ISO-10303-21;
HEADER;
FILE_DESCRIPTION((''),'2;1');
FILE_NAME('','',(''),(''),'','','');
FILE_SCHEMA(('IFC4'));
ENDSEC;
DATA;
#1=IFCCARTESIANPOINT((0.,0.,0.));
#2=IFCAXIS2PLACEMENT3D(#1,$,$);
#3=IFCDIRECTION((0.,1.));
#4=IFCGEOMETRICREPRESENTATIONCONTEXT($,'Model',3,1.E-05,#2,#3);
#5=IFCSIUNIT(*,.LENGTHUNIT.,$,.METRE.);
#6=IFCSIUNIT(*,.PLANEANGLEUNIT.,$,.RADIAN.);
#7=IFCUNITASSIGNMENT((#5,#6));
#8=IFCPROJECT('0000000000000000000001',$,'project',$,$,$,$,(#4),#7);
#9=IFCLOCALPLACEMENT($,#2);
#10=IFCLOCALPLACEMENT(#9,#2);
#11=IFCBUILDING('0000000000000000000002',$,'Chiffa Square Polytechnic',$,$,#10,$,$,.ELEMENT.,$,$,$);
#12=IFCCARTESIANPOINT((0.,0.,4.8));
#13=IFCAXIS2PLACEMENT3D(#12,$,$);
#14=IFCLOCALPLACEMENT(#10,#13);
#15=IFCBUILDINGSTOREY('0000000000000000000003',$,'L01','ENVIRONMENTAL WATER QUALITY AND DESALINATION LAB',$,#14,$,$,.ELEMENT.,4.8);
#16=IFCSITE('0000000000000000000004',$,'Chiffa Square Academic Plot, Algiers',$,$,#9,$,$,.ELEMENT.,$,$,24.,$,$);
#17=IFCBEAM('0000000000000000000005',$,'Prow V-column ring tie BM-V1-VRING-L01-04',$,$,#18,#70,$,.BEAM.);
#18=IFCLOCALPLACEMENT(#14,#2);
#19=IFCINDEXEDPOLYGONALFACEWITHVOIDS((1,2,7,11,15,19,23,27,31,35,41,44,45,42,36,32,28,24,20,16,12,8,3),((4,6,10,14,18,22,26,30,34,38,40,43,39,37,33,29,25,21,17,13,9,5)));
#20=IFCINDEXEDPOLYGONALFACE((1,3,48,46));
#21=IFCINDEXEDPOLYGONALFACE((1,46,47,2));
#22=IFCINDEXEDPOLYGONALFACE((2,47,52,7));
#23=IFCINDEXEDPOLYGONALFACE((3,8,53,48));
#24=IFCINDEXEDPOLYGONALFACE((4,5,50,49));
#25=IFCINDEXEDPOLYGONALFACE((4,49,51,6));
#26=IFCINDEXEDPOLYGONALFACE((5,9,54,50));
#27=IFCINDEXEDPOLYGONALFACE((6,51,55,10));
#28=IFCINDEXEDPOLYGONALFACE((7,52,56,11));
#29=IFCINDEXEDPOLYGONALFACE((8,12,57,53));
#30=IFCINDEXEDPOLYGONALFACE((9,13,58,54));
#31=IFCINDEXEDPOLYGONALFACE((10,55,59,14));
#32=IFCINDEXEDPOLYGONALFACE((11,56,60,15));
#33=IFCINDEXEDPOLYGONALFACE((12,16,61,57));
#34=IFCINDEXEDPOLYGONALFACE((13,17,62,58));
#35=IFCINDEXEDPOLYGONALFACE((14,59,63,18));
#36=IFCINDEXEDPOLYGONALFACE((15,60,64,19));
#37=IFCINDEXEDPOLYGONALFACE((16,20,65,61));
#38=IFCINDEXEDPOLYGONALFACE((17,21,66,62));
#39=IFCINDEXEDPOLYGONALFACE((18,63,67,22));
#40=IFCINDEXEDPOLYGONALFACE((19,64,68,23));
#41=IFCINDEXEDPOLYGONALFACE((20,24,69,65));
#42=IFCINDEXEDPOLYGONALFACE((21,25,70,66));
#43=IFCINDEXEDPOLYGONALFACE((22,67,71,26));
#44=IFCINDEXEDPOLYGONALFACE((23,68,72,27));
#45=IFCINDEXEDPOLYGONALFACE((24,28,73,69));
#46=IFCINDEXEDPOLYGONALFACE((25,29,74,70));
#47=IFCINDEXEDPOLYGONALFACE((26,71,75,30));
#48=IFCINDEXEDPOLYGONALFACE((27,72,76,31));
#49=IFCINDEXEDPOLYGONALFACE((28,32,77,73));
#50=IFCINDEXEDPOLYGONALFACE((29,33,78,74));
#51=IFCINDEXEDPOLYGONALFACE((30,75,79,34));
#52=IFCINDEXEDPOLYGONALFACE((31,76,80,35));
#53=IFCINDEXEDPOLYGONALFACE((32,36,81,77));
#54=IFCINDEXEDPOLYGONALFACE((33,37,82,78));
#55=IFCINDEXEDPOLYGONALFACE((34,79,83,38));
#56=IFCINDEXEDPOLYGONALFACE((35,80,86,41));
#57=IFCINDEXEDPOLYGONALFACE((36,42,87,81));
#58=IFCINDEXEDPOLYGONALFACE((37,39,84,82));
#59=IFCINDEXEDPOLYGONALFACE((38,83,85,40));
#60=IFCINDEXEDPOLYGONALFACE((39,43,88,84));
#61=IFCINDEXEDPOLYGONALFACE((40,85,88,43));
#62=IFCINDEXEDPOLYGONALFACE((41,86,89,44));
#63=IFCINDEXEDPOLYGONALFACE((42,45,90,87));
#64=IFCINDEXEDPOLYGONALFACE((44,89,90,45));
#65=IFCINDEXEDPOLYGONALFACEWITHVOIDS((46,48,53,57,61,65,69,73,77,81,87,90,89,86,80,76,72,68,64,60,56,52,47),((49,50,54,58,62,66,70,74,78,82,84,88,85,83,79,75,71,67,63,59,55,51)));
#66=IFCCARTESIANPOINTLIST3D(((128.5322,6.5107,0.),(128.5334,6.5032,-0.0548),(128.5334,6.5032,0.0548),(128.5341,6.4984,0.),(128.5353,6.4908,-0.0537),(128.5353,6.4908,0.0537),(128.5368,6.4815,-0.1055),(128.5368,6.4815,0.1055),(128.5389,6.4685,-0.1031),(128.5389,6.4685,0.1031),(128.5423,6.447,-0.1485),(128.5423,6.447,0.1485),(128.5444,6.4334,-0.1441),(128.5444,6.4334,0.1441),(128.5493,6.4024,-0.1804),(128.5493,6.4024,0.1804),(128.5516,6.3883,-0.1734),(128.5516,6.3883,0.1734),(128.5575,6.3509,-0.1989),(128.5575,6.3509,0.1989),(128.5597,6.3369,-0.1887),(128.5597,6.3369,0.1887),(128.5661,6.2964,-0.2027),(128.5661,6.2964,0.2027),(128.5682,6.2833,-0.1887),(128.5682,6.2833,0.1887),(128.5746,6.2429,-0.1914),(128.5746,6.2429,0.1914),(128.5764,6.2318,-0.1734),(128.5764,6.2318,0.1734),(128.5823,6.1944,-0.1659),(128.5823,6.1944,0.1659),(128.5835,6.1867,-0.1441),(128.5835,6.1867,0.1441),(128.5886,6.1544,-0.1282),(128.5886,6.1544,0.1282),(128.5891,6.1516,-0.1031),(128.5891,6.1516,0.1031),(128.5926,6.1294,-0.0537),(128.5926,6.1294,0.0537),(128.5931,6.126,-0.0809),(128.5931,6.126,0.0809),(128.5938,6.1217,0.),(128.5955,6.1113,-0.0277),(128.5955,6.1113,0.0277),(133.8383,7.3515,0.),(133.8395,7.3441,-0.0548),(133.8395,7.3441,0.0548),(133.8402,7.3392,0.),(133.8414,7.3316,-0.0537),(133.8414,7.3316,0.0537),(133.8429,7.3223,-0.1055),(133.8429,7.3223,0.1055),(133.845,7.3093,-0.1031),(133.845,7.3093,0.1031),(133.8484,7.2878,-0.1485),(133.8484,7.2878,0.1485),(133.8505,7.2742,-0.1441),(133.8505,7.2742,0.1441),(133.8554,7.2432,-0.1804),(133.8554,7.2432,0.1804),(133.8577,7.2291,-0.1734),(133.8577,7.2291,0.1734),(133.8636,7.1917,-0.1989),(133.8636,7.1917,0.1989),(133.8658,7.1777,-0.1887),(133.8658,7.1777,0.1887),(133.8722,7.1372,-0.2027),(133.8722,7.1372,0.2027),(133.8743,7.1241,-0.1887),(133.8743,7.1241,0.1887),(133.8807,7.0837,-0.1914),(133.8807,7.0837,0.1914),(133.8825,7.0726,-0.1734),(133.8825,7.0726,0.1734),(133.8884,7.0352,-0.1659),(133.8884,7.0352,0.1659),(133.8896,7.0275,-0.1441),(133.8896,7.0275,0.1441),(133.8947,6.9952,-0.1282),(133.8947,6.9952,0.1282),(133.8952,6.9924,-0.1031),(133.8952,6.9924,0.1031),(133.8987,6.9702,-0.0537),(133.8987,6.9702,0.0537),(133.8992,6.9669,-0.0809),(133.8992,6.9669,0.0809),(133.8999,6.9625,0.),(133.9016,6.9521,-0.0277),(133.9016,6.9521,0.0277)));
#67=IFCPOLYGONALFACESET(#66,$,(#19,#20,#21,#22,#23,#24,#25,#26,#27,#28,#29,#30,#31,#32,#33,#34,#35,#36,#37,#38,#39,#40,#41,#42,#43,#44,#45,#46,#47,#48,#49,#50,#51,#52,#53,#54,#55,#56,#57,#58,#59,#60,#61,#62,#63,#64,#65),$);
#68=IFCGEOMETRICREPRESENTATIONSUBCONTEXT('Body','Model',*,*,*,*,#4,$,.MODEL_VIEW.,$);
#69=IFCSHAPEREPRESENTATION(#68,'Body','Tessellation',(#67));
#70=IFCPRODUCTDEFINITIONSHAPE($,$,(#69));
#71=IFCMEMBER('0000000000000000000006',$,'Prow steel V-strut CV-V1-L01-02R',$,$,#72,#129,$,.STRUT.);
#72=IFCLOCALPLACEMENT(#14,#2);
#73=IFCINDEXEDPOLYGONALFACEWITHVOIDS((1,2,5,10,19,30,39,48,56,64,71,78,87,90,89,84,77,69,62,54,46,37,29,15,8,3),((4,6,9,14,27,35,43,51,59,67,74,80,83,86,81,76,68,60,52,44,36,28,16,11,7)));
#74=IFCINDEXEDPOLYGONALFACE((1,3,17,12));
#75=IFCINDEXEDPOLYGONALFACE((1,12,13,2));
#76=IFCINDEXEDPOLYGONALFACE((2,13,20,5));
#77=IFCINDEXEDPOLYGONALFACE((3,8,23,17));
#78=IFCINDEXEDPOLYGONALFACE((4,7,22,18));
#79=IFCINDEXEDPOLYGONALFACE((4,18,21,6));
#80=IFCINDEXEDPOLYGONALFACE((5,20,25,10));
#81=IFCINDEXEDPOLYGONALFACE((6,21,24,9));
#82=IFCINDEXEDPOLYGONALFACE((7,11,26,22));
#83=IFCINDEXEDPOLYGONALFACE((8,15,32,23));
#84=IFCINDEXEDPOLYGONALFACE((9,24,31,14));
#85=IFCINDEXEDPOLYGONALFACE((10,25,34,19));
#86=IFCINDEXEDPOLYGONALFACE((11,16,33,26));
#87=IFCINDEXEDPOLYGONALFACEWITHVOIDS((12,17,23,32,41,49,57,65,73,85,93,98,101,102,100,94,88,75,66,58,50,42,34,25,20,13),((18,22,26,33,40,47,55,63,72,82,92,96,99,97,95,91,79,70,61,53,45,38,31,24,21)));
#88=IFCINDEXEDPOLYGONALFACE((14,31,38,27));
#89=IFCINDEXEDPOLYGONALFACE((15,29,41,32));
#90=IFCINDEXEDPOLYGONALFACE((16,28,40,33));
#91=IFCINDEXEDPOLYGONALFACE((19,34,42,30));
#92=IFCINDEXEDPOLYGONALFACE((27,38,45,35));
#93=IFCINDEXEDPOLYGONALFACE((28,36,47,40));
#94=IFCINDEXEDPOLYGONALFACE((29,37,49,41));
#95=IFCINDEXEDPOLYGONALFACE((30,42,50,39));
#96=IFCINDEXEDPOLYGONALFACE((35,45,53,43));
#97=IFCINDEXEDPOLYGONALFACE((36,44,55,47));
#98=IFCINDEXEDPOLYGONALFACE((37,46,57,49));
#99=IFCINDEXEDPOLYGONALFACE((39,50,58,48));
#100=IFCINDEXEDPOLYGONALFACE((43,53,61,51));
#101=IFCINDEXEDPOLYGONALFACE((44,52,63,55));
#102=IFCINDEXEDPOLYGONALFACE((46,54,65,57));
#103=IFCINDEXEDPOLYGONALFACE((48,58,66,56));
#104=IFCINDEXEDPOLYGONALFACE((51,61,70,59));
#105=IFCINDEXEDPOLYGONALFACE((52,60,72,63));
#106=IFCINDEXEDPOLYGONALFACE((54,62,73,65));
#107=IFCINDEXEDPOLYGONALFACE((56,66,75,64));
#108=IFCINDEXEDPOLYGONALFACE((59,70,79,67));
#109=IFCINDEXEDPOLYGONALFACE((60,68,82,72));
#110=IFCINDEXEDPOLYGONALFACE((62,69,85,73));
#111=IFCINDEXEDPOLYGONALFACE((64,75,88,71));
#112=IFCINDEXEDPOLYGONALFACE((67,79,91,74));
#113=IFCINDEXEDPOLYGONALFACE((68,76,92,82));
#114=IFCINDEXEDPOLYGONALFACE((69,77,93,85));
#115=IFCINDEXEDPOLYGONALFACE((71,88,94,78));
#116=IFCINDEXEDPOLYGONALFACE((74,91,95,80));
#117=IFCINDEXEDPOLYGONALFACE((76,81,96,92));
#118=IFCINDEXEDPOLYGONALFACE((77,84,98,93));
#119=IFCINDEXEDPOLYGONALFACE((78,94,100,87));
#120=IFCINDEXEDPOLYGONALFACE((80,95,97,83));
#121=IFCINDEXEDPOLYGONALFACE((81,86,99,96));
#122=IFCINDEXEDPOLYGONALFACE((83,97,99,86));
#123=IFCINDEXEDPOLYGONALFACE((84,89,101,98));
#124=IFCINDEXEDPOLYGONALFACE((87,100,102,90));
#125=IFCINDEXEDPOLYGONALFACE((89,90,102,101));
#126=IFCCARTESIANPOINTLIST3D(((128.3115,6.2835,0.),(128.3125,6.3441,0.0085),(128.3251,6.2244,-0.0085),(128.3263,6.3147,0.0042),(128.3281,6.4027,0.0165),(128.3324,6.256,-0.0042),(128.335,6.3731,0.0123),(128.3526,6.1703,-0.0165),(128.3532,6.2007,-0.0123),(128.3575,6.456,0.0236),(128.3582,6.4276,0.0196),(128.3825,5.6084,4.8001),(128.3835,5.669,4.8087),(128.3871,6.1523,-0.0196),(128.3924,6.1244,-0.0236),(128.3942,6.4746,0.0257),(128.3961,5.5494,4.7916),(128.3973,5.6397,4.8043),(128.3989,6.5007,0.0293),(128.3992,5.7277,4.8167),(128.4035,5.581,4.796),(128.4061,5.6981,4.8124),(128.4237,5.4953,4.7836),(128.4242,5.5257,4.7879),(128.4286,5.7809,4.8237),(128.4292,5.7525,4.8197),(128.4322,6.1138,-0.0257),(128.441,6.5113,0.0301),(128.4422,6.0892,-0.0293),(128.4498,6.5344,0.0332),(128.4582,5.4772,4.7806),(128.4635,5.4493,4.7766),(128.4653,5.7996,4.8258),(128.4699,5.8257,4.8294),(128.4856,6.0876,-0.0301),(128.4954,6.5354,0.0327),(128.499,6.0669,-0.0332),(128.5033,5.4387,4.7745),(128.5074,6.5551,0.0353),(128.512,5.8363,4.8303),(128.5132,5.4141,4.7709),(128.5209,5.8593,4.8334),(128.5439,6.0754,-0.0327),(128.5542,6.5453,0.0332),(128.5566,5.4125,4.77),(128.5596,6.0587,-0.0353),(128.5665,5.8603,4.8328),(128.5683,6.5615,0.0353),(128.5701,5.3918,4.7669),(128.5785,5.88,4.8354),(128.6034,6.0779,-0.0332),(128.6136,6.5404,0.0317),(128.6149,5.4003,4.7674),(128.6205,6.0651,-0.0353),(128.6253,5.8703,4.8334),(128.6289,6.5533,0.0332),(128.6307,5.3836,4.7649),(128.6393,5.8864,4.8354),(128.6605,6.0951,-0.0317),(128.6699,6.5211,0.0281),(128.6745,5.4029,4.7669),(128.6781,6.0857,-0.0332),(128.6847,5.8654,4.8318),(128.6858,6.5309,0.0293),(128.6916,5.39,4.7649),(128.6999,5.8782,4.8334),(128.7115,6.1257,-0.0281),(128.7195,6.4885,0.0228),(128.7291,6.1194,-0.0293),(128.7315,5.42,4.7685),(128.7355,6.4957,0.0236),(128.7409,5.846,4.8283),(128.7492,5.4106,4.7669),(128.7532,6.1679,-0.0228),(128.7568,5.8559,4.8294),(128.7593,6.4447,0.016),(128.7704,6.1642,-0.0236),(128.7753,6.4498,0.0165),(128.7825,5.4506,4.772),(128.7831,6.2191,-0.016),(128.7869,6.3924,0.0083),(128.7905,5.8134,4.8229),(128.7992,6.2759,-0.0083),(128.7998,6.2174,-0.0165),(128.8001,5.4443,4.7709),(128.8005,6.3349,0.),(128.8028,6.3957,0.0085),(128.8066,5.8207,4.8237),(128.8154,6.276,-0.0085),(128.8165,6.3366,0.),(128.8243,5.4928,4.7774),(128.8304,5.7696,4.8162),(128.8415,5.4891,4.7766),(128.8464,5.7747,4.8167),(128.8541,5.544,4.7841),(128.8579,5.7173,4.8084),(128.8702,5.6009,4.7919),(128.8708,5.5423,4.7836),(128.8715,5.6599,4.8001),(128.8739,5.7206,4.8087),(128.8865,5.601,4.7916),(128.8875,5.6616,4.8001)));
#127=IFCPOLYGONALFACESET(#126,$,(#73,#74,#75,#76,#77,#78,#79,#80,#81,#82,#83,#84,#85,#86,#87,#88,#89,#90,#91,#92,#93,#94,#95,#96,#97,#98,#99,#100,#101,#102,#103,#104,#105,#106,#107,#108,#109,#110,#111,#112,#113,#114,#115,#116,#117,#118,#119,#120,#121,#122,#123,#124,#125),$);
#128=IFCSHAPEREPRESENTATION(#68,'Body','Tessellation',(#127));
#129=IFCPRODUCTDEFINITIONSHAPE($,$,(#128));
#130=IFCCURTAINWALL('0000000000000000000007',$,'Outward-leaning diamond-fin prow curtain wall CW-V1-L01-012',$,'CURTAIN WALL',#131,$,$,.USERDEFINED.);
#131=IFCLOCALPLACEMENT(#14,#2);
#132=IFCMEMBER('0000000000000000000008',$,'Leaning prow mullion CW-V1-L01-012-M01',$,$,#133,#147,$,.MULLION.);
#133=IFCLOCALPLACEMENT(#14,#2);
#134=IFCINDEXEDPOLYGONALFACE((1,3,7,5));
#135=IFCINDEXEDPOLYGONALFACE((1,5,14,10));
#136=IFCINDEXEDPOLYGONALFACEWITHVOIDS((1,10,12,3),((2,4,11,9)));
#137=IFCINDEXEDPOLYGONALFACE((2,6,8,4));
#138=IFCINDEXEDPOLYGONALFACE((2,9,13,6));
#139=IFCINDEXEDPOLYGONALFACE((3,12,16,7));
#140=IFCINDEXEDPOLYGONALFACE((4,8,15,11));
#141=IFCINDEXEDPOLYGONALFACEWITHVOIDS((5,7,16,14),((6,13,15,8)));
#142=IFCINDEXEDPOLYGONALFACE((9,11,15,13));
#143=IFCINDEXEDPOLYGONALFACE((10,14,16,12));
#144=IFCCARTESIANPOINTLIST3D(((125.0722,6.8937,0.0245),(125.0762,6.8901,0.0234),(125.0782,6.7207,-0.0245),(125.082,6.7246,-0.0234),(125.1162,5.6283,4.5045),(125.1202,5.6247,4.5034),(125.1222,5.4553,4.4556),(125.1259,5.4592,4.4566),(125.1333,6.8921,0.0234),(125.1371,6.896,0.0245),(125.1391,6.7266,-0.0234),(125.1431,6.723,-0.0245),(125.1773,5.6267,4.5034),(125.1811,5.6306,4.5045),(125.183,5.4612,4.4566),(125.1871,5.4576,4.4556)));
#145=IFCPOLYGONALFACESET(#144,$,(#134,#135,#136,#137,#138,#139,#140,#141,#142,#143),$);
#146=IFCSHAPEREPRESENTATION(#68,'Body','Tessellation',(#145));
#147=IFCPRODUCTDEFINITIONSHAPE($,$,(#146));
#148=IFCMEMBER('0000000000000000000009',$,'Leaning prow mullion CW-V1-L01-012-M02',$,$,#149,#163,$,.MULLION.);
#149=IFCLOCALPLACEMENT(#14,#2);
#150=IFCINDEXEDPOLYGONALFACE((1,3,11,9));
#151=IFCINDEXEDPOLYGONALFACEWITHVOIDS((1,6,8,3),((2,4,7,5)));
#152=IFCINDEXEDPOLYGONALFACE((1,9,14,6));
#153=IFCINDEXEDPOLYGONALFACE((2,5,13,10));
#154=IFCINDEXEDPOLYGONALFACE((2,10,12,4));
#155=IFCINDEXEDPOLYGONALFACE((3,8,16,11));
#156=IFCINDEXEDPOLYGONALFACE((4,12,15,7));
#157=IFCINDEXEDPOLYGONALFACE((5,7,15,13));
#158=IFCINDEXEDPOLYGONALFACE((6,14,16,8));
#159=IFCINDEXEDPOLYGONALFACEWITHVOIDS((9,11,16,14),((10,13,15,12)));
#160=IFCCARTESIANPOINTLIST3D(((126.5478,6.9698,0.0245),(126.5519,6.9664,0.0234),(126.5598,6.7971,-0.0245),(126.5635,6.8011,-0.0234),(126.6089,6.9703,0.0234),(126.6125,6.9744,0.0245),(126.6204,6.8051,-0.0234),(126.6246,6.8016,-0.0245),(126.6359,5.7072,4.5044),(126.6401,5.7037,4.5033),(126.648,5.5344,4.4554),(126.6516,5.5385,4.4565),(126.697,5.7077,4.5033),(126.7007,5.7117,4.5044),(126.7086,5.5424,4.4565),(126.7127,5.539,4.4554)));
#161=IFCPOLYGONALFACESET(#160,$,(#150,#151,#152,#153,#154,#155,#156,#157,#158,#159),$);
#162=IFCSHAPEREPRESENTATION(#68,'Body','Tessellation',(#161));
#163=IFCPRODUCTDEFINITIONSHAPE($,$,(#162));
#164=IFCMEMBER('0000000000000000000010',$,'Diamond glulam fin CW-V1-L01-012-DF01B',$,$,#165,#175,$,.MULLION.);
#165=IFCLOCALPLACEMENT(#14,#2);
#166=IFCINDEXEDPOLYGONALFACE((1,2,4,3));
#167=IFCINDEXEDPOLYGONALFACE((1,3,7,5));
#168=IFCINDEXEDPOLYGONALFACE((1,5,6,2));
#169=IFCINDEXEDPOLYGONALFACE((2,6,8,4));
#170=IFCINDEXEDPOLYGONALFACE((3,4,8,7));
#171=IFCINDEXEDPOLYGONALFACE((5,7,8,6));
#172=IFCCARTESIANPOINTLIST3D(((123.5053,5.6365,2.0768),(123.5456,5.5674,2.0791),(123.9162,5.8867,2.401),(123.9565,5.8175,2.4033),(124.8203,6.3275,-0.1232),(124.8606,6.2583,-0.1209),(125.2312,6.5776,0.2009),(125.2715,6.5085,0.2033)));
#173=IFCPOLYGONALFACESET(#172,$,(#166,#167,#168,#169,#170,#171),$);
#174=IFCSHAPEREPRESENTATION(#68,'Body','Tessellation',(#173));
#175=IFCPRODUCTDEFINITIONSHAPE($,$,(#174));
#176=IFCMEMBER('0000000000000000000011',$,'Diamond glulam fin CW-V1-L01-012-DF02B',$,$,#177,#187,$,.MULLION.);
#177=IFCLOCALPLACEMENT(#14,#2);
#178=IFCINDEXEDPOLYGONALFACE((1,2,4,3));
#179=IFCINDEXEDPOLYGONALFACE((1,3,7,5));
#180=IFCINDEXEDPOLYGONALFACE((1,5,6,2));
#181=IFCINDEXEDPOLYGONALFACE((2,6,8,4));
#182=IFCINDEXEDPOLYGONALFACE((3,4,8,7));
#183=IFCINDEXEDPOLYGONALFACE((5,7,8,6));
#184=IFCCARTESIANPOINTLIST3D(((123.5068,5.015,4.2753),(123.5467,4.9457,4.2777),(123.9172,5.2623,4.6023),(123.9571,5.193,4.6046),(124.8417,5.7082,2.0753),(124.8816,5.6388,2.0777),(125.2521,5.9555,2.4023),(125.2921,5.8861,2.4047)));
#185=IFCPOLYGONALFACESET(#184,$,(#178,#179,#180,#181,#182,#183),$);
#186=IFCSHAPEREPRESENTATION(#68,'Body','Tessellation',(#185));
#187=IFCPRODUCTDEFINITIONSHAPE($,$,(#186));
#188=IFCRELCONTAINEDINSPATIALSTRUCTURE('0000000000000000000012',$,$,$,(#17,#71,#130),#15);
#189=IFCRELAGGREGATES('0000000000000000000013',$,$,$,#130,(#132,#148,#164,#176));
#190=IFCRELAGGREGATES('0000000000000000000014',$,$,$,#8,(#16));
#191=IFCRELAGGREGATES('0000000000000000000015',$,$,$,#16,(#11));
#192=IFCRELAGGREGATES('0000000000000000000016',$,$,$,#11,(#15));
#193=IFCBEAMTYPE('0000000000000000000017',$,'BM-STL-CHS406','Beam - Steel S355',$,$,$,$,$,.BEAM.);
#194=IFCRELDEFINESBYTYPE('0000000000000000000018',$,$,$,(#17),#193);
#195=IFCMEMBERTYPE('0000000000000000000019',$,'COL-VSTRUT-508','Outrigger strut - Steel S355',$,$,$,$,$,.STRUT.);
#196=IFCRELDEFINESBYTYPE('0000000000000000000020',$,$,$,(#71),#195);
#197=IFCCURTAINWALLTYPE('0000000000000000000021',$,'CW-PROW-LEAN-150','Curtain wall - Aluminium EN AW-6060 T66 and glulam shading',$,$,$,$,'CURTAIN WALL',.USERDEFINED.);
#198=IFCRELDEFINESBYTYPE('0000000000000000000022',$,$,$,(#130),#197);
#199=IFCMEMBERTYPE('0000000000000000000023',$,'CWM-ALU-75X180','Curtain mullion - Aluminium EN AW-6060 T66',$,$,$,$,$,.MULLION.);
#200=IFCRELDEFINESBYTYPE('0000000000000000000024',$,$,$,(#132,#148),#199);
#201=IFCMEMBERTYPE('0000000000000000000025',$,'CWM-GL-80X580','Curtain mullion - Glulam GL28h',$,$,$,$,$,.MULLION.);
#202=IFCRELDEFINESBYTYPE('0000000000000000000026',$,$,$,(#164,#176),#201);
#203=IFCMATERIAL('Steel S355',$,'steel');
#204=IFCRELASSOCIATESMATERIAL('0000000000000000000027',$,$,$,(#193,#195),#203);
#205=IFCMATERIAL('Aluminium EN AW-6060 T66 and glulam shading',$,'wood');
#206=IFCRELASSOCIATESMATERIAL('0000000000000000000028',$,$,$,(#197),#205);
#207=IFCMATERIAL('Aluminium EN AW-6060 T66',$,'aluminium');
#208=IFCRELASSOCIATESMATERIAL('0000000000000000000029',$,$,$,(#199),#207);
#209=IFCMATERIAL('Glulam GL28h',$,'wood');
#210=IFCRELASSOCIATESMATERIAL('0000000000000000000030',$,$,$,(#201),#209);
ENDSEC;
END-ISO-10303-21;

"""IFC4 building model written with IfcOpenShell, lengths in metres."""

from ifc_helpers import new_model, si_unit, direction, frame, origin, origin_2d, place, context, subcontext, project, spatial, rectangle, hollow_rectangle, hollow_circle, extrude, material, material_profile, profile_set, type_object, element, aggregate, save


model = new_model("IFC4")

# Units and contexts
model_context = context("Model", 3, precision=1e-05, world=origin(), true_north=direction((0.0, 1.0)))
body_context = subcontext(model_context, "Body", "Model", "MODEL_VIEW")
ifc_project = project(units=[si_unit("LENGTHUNIT", "METRE"), si_unit("PLANEANGLEUNIT", "RADIAN")], contexts=[model_context])

# Site, building, storey
site_placement = place(None, origin())
site = spatial("IfcSite", under=ifc_project, at=site_placement, Name="Chiffa Square Academic Plot, Algiers", CompositionType="ELEMENT", RefElevation=24.0)
building_placement = place(site_placement, origin())
building = spatial("IfcBuilding", under=site, at=building_placement, Name="Chiffa Square Polytechnic", CompositionType="ELEMENT")
storey_placement = place(building_placement, frame((0.0, 0.0, 4.8)))
storey = spatial("IfcBuildingStorey", under=building, at=storey_placement, Name="L01", Description="ENVIRONMENTAL WATER QUALITY AND DESALINATION LAB", CompositionType="ELEMENT", Elevation=4.8)

# Beam
ifc_material_1 = material(Name="Steel S355", Category="steel")
ifc_material_profile_1 = material_profile(ifc_material_1, hollow_circle(Radius=0.2031, WallThickness=0.0125, at=origin_2d()), Name="CHS 406.4x12.5")
ifc_profile_set_1 = profile_set([ifc_material_profile_1], Name="Steel S355")
beam_type = type_object("IfcBeamType", Name="BM-STL-CHS406", Description="Beam - Steel S355", PredefinedType="BEAM", material=ifc_profile_set_1)
beam_placement = place(storey_placement, frame((128.564, 6.3101, 0.0), z_axis=(0.987677, 0.156509, 0.0), x_axis=(-0.156509, 0.987677, 0.0)))
element("IfcBeam", 1, at=beam_placement, inside=storey, type_object=beam_type, Name="Prow V-column ring tie BM-V1-VRING-L01-04", PredefinedType="BEAM", context=body_context, shape_type="SweptSolid", body=[
    extrude(hollow_circle(Radius=0.2031, WallThickness=0.0125, at=origin_2d()), origin(), (0.0, 0.0, 1.0), 5.3723),
])

# Member
ifc_material_profile_2 = material_profile(ifc_material_1, hollow_circle(Radius=0.2539, WallThickness=0.0161, at=origin_2d()), Name="CHS 508x16")
ifc_profile_set_2 = profile_set([ifc_material_profile_2], Name="Steel S355")
member_type_1 = type_object("IfcMemberType", Name="COL-VSTRUT-508", Description="Outrigger strut - Steel S355", PredefinedType="STRUT", material=ifc_profile_set_2)
member_1_placement = place(storey_placement, frame((128.564, 6.3101, 0.0), z_axis=(0.014655, -0.139248, 0.990149), x_axis=(0.994507, 0.104666, 0.0)))
element("IfcMember", 2, at=member_1_placement, inside=storey, type_object=member_type_1, Name="Prow steel V-strut CV-V1-L01-02R", PredefinedType="STRUT", context=body_context, shape_type="SweptSolid", body=[
    extrude(hollow_circle(Radius=0.2539, WallThickness=0.0161, at=origin_2d()), origin(), (0.0, 0.0, 1.0), 4.8479),
])

# Curtain wall, members
ifc_material_2 = material(Name="Aluminium EN AW-6060 T66 and glulam shading", Category="wood")
curtain_wall_type_1 = type_object("IfcCurtainWallType", Name="CW-PROW-LEAN-150", Description="Curtain wall - Aluminium EN AW-6060 T66 and glulam shading", ElementType="CURTAIN WALL", PredefinedType="USERDEFINED", material=ifc_material_2)
curtain_wall_1_placement = place(storey_placement, origin())
curtain_wall_1 = element("IfcCurtainWall", 3, at=curtain_wall_1_placement, inside=storey, type_object=curtain_wall_type_1, Name="Outward-leaning diamond-fin prow curtain wall CW-V1-L01-012", ObjectType="CURTAIN WALL", PredefinedType="USERDEFINED")
ifc_material_3 = material(Name="Aluminium EN AW-6060 T66", Category="aluminium")
ifc_material_profile_3 = material_profile(ifc_material_3, hollow_rectangle(XDim=0.0649, YDim=0.1799, WallThickness=0.0039, at=origin_2d()), Name="ALU 65x180x4")
ifc_profile_set_3 = profile_set([ifc_material_profile_3], Name="Aluminium EN AW-6060 T66")
member_type_2 = type_object("IfcMemberType", Name="CWM-ALU-75X180", Description="Curtain mullion - Aluminium EN AW-6060 T66", PredefinedType="MULLION", material=ifc_profile_set_3)
member_2_placement = place(storey_placement, frame((125.1077, 6.8083, 0.0), z_axis=(0.00944, -0.271806, 0.962306), x_axis=(0.999397, 0.034708, 0.0)))
member_2 = element("IfcMember", 4, at=member_2_placement, type_object=member_type_2, Name="Leaning prow mullion CW-V1-L01-012-M01", PredefinedType="MULLION", context=body_context, shape_type="SweptSolid", body=[
    extrude(hollow_rectangle(XDim=0.0649, YDim=0.1799, WallThickness=0.0039, at=origin_2d()), origin(), (0.0, 0.0, 1.0), 4.6555),
])
member_3_placement = place(storey_placement, frame((126.5862, 6.8857, 0.0), z_axis=(0.018932, -0.271235, 0.962327), x_axis=(0.997573, 0.06963, 0.0)))
member_3 = element("IfcMember", 5, at=member_3_placement, type_object=member_type_2, Name="Leaning prow mullion CW-V1-L01-012-M02", PredefinedType="MULLION", context=body_context, shape_type="SweptSolid", body=[
    extrude(hollow_rectangle(XDim=0.0649, YDim=0.1799, WallThickness=0.0039, at=origin_2d()), origin(), (0.0, 0.0, 1.0), 4.6553),
])
ifc_material_4 = material(Name="Glulam GL28h", Category="wood")
ifc_material_profile_4 = material_profile(ifc_material_4, rectangle(XDim=0.0801, YDim=0.5801, at=origin_2d()), Name="GL28h 80x580")
ifc_profile_set_4 = profile_set([ifc_material_profile_4], Name="Glulam GL28h")
member_type_3 = type_object("IfcMemberType", Name="CWM-GL-80X580", Description="Curtain mullion - Glulam GL28h", PredefinedType="MULLION", material=ifc_profile_set_4)
member_4_placement = place(storey_placement, frame((125.0459, 6.418, 0.04), z_axis=(-0.495368, -0.260284, 0.828772), x_axis=(0.502896, -0.863851, 0.029287)))
member_4 = element("IfcMember", 6, at=member_4_placement, type_object=member_type_3, Name="Diamond glulam fin CW-V1-L01-012-DF01B", PredefinedType="MULLION", context=body_context, shape_type="SweptSolid", body=[
    extrude(rectangle(XDim=0.0801, YDim=0.5801, at=origin_2d()), origin(), (0.0, 0.0, 1.0), 2.6545),
])
member_5_placement = place(storey_placement, frame((125.0669, 5.7971, 2.24), z_axis=(-0.50092, -0.260079, 0.825492), x_axis=(0.498507, -0.866382, 0.029539)))
member_5 = element("IfcMember", 7, at=member_5_placement, type_object=member_type_3, Name="Diamond glulam fin CW-V1-L01-012-DF02B", PredefinedType="MULLION", context=body_context, shape_type="SweptSolid", body=[
    extrude(rectangle(XDim=0.0801, YDim=0.5801, at=origin_2d()), origin(), (0.0, 0.0, 1.0), 2.665),
])

aggregate(curtain_wall_1, [member_2, member_3, member_4, member_5])

save(model, "model.ifc")
